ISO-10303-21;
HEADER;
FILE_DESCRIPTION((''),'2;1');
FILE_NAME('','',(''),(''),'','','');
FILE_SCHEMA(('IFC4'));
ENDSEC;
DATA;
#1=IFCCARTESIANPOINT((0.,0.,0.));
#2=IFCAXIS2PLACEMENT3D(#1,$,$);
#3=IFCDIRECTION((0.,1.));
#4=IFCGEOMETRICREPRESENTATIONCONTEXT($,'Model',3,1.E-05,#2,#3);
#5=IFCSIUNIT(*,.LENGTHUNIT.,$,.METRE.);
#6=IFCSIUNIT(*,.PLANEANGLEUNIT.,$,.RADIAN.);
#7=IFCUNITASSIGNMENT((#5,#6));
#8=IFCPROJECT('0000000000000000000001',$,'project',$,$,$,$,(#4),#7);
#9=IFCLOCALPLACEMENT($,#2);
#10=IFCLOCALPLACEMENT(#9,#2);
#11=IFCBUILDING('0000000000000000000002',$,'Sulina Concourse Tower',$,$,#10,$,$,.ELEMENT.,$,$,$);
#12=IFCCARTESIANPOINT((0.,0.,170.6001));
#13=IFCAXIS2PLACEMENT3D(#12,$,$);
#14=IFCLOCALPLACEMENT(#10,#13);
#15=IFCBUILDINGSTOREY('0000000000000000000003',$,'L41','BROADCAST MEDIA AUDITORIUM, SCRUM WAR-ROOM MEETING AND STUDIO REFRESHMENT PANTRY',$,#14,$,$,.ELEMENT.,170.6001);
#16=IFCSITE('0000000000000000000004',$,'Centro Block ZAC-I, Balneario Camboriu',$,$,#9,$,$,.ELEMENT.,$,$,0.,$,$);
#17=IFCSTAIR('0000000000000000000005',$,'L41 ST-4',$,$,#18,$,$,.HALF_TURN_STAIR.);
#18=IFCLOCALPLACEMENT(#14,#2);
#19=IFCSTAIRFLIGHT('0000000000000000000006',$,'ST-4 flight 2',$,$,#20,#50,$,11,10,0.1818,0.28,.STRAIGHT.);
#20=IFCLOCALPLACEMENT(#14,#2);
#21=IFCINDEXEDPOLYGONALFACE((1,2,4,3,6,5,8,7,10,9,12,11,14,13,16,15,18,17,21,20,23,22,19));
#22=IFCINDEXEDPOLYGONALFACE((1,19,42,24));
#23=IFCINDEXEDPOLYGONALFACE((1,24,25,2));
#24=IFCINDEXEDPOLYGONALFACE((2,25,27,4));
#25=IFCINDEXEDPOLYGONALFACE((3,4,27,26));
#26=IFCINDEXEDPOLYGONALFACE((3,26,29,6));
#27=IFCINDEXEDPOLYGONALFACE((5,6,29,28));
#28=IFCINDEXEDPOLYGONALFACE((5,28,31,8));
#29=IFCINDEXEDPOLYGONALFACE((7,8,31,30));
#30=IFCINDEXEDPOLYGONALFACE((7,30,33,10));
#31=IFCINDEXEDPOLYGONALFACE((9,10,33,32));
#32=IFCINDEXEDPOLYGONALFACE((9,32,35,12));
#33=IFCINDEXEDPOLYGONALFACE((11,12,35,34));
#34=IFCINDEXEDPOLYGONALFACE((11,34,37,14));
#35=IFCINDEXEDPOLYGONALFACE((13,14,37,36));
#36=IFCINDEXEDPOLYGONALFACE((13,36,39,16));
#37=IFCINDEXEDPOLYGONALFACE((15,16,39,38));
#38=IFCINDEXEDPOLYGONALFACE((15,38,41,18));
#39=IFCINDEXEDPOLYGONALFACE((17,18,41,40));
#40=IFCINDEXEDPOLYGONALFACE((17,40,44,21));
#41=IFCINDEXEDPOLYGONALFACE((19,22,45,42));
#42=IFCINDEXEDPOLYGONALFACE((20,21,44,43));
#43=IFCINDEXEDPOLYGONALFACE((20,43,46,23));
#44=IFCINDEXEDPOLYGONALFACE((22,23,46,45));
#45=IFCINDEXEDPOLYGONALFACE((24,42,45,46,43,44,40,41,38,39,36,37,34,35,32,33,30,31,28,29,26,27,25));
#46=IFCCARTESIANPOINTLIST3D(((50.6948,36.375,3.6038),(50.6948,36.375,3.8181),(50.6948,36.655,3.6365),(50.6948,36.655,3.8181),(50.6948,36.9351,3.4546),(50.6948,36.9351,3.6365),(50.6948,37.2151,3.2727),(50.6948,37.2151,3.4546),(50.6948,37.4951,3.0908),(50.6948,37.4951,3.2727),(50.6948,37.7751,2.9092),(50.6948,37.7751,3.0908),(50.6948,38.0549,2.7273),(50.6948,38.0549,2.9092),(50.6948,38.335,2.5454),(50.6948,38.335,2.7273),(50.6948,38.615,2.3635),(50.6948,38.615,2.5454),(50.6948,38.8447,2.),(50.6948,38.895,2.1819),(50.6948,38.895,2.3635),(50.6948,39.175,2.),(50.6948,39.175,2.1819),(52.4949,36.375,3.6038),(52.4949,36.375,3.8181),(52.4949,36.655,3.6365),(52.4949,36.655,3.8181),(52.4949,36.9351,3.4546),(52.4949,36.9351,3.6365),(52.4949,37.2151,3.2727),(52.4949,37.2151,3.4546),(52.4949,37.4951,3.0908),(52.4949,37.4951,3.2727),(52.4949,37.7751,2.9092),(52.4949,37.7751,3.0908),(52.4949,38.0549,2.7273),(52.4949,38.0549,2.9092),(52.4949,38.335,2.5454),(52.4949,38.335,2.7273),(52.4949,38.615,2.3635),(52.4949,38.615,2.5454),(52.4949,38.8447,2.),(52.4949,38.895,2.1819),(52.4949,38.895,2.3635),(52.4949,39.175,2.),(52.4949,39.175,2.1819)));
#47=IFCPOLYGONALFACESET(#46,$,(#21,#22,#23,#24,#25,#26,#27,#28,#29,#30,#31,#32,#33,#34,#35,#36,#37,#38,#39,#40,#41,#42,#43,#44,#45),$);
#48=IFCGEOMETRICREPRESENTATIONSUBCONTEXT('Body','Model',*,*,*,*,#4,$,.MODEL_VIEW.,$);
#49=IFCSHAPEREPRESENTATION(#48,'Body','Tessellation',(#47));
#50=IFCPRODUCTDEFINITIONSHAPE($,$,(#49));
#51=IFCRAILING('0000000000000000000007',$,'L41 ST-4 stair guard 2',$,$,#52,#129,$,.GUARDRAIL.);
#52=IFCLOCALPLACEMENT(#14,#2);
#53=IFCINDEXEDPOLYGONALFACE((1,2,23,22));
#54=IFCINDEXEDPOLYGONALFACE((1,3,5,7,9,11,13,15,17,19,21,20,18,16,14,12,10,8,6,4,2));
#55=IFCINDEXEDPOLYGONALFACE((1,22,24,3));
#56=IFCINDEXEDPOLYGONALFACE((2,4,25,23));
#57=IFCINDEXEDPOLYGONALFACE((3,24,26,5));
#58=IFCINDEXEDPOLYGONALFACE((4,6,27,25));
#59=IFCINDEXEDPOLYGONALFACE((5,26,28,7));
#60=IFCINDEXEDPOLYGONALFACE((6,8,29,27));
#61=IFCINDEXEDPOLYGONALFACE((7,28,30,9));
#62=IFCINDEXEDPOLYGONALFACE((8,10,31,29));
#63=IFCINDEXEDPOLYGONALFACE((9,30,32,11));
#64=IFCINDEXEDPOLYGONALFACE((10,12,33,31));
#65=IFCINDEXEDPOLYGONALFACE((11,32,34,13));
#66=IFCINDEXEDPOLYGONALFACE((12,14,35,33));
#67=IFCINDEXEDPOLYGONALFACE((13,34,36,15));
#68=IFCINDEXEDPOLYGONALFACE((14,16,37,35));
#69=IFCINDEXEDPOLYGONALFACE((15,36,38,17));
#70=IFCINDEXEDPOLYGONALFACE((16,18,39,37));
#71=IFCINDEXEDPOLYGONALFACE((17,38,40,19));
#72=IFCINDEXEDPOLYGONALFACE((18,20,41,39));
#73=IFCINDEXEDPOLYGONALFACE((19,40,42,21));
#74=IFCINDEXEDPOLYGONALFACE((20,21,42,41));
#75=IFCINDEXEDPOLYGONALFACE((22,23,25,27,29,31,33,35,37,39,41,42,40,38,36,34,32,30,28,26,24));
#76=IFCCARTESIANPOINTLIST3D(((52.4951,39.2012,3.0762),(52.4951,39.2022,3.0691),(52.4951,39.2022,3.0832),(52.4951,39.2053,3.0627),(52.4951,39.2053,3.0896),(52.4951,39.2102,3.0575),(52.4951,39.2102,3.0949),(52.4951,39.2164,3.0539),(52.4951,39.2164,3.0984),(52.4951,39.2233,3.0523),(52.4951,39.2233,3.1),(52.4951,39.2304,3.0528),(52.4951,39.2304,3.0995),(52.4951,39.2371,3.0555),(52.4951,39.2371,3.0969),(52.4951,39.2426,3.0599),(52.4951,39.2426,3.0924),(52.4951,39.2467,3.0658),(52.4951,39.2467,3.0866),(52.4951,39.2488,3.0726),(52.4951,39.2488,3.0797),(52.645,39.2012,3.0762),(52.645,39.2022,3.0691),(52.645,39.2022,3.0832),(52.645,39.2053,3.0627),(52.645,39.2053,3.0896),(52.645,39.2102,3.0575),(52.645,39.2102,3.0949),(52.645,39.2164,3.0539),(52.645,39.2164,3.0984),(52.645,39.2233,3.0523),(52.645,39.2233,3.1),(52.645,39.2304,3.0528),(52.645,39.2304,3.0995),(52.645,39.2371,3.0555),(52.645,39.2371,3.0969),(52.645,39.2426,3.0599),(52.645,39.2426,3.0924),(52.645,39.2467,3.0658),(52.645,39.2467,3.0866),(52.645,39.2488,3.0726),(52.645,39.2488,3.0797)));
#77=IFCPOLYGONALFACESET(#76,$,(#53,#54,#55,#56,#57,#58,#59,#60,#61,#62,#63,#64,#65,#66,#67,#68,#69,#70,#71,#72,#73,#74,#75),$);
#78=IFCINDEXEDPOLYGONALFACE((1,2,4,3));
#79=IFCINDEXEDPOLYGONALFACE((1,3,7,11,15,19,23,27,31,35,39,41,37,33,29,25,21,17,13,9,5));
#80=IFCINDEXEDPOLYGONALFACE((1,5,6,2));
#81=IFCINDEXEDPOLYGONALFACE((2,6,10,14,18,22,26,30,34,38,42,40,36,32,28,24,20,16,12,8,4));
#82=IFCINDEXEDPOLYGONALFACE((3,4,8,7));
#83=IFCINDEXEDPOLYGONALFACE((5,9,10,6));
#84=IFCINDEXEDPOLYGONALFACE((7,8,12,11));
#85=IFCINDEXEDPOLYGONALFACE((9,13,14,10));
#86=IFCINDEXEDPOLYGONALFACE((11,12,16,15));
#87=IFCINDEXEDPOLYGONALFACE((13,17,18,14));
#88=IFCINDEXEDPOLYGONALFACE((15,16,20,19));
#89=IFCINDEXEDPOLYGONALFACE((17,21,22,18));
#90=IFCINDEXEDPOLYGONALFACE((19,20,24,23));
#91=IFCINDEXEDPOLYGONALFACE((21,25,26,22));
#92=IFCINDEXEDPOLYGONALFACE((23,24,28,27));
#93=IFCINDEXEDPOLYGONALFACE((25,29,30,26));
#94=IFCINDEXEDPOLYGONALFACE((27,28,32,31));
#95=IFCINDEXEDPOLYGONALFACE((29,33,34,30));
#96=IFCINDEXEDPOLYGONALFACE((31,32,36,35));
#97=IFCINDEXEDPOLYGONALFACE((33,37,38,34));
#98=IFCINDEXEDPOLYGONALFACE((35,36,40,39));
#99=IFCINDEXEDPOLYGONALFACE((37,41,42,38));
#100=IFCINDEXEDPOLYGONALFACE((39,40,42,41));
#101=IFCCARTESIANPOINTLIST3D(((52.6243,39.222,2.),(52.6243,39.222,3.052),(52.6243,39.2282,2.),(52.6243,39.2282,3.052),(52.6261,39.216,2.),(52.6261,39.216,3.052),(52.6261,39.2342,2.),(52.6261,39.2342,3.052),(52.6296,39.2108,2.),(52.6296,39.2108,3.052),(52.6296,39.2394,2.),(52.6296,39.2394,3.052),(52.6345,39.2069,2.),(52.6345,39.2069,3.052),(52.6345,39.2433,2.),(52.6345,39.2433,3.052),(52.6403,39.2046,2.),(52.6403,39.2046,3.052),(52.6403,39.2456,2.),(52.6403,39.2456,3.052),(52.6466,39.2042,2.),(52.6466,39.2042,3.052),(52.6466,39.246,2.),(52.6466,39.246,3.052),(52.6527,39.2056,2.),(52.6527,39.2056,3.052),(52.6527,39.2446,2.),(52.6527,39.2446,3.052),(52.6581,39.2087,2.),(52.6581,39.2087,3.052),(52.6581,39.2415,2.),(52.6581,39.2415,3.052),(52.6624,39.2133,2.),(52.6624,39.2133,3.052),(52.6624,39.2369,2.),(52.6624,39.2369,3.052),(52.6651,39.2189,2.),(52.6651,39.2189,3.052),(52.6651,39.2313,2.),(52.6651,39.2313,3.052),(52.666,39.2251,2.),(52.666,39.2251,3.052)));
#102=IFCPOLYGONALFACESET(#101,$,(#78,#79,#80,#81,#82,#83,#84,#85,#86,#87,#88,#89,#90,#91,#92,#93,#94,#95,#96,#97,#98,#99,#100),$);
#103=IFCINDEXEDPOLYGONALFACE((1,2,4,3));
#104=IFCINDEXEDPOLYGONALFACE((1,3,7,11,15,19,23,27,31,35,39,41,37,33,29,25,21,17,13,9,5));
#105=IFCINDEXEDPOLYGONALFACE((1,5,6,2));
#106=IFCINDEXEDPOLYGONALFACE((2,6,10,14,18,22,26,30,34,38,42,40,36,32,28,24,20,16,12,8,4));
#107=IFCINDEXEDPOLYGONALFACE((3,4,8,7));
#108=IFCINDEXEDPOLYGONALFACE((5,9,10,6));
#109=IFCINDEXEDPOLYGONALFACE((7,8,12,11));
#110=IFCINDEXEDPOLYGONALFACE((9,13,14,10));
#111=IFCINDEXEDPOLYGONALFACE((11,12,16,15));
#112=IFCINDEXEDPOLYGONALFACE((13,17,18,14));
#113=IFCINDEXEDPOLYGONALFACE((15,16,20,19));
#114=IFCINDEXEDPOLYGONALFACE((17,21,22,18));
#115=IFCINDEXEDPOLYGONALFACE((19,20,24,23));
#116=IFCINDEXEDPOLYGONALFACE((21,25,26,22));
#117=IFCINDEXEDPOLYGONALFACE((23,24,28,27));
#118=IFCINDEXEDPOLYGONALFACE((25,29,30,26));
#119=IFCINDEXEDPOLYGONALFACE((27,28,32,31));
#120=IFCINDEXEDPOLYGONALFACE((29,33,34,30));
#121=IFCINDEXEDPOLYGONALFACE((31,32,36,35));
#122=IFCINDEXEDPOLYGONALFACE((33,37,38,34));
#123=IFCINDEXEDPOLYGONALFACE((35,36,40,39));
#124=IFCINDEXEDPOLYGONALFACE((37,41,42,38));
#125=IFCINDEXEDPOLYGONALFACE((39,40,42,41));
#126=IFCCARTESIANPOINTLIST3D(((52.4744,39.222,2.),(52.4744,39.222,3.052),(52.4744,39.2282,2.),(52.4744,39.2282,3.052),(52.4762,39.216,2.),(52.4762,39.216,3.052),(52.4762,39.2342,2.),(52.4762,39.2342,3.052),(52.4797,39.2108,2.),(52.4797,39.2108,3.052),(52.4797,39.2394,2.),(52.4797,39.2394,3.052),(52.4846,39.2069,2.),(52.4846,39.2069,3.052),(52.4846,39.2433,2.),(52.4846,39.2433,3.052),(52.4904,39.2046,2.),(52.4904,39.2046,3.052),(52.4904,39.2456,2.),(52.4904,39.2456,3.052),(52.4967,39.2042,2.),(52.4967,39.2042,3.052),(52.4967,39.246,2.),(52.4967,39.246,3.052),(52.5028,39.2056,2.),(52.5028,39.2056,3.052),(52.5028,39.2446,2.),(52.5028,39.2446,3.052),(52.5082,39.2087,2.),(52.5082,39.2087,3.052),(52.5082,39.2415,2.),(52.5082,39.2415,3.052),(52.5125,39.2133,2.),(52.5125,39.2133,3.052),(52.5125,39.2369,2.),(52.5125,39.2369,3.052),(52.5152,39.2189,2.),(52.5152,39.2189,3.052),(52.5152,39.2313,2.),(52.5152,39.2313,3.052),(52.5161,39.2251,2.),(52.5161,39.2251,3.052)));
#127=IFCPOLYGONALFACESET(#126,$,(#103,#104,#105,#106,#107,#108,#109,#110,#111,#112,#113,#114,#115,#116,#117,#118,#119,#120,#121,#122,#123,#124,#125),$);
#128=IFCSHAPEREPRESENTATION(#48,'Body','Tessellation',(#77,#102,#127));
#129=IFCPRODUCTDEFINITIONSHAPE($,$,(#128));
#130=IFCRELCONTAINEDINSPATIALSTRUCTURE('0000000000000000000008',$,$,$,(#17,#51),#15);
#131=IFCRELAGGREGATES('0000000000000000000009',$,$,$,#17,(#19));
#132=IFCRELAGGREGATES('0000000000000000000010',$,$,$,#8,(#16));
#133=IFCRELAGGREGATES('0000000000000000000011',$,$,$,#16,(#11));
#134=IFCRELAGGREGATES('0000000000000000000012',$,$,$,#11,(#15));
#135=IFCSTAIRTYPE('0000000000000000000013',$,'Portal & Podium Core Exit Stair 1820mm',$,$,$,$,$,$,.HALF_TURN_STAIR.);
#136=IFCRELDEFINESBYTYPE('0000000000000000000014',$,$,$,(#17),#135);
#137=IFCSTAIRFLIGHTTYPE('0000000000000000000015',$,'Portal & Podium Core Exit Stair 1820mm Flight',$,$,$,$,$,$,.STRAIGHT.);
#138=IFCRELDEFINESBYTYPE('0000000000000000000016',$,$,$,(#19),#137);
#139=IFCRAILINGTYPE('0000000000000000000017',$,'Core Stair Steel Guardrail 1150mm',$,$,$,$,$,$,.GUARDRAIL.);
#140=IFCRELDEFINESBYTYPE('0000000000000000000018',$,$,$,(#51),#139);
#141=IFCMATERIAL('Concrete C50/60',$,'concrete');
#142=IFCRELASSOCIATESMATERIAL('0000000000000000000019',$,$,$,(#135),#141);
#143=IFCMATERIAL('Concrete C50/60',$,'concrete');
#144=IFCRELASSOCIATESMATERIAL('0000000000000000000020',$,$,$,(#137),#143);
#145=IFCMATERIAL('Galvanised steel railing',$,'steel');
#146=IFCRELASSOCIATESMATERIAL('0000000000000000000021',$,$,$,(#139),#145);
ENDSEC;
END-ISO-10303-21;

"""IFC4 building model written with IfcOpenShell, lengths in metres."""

from ifc_helpers import new_model, si_unit, direction, frame, origin, origin_2d, place, context, subcontext, project, spatial, polyline, circle, outline, extrude, material, type_object, element, aggregate, save


model = new_model("IFC4")

# Units and contexts
model_context = context("Model", 3, precision=1e-05, world=origin(), true_north=direction((0.0, 1.0)))
body_context = subcontext(model_context, "Body", "Model", "MODEL_VIEW")
ifc_project = project(units=[si_unit("LENGTHUNIT", "METRE"), si_unit("PLANEANGLEUNIT", "RADIAN")], contexts=[model_context])

# Site, building, storey
site_placement = place(None, origin())
site = spatial("IfcSite", under=ifc_project, at=site_placement, Name="Centro Block ZAC-I, Balneario Camboriu", CompositionType="ELEMENT", RefElevation=0.0)
building_placement = place(site_placement, origin())
building = spatial("IfcBuilding", under=site, at=building_placement, Name="Sulina Concourse Tower", CompositionType="ELEMENT")
storey_placement = place(building_placement, frame((0.0, 0.0, 170.6001)))
storey = spatial("IfcBuildingStorey", under=building, at=storey_placement, Name="L41", Description="BROADCAST MEDIA AUDITORIUM, SCRUM WAR-ROOM MEETING AND STUDIO REFRESHMENT PANTRY", CompositionType="ELEMENT", Elevation=170.6001)

# Stair, stair flight
ifc_material_1 = material(Name="Concrete C50/60", Category="concrete")
stair_type = type_object("IfcStairType", Name="Portal & Podium Core Exit Stair 1820mm", PredefinedType="HALF_TURN_STAIR", material=ifc_material_1)
stair_placement = place(storey_placement, origin())
stair = element("IfcStair", 1, at=stair_placement, inside=storey, type_object=stair_type, Name="L41 ST-4", PredefinedType="HALF_TURN_STAIR")
ifc_material_2 = material(Name="Concrete C50/60", Category="concrete")
stair_flight_type = type_object("IfcStairFlightType", Name="Portal & Podium Core Exit Stair 1820mm Flight", PredefinedType="STRAIGHT", material=ifc_material_2)
stair_flight_placement = place(storey_placement, frame((51.595, 39.175, 2.0), z_axis=(0.0, 0.0, 1.0), x_axis=(0.0, -1.0, 0.0)))
stair_flight = element("IfcStairFlight", 2, at=stair_flight_placement, type_object=stair_flight_type, Name="ST-4 flight 2", NumberOfRisers=11, NumberOfTreads=10, PredefinedType="STRAIGHT", RiserHeight=0.1818, TreadLength=0.28, context=body_context, shape_type="SweptSolid", body=[
    extrude(outline(polyline([(0.0, 0.0), (0.0, 0.1819), (0.28, 0.1819), (0.28, 0.3635), (0.5601, 0.3635), (0.5601, 0.5454), (0.8401, 0.5454), (0.8401, 0.7273), (1.1201, 0.7273), (1.1201, 0.9092), (1.3999, 0.9092), (1.3999, 1.0908), (1.6799, 1.0908), (1.6799, 1.2727), (1.96, 1.2727), (1.96, 1.4546), (2.24, 1.4546), (2.24, 1.6365), (2.52, 1.6365), (2.52, 1.8181), (2.8, 1.8181), (2.8, 2.0), (2.8, 1.6038), (0.3303, 0.0), (0.0, 0.0)])), frame((0.0, 0.8999, 0.0), z_axis=(0.0, -1.0, 0.0), x_axis=(1.0, 0.0, 0.0)), (0.0, 0.0, 1.0), 1.8),
])
aggregate(stair, [stair_flight])

# Railing
ifc_material_3 = material(Name="Galvanised steel railing", Category="steel")
railing_type_1 = type_object("IfcRailingType", Name="Core Stair Steel Guardrail 1150mm", PredefinedType="GUARDRAIL", material=ifc_material_3)
railing_1_placement = place(storey_placement, frame((52.645, 39.2251, 2.0)))
element("IfcRailing", 3, at=railing_1_placement, inside=storey, type_object=railing_type_1, Name="L41 ST-4 stair guard 2", PredefinedType="GUARDRAIL", context=body_context, shape_type="SweptSolid", body=[
    extrude(circle(Radius=0.0239, at=origin_2d()), frame((0.0, 0.0, 1.0762), z_axis=(-1.0, 0.0, 0.0), x_axis=(0.0, -1.0, 0.0)), (0.0, 0.0, 1.0), 0.1499),
    extrude(circle(Radius=0.021, at=origin_2d()), origin(), (0.0, 0.0, 1.0), 1.052),
    extrude(circle(Radius=0.021, at=origin_2d()), frame((-0.1499, 0.0, 0.0)), (0.0, 0.0, 1.0), 1.052),
])

save(model, "model.ifc")
